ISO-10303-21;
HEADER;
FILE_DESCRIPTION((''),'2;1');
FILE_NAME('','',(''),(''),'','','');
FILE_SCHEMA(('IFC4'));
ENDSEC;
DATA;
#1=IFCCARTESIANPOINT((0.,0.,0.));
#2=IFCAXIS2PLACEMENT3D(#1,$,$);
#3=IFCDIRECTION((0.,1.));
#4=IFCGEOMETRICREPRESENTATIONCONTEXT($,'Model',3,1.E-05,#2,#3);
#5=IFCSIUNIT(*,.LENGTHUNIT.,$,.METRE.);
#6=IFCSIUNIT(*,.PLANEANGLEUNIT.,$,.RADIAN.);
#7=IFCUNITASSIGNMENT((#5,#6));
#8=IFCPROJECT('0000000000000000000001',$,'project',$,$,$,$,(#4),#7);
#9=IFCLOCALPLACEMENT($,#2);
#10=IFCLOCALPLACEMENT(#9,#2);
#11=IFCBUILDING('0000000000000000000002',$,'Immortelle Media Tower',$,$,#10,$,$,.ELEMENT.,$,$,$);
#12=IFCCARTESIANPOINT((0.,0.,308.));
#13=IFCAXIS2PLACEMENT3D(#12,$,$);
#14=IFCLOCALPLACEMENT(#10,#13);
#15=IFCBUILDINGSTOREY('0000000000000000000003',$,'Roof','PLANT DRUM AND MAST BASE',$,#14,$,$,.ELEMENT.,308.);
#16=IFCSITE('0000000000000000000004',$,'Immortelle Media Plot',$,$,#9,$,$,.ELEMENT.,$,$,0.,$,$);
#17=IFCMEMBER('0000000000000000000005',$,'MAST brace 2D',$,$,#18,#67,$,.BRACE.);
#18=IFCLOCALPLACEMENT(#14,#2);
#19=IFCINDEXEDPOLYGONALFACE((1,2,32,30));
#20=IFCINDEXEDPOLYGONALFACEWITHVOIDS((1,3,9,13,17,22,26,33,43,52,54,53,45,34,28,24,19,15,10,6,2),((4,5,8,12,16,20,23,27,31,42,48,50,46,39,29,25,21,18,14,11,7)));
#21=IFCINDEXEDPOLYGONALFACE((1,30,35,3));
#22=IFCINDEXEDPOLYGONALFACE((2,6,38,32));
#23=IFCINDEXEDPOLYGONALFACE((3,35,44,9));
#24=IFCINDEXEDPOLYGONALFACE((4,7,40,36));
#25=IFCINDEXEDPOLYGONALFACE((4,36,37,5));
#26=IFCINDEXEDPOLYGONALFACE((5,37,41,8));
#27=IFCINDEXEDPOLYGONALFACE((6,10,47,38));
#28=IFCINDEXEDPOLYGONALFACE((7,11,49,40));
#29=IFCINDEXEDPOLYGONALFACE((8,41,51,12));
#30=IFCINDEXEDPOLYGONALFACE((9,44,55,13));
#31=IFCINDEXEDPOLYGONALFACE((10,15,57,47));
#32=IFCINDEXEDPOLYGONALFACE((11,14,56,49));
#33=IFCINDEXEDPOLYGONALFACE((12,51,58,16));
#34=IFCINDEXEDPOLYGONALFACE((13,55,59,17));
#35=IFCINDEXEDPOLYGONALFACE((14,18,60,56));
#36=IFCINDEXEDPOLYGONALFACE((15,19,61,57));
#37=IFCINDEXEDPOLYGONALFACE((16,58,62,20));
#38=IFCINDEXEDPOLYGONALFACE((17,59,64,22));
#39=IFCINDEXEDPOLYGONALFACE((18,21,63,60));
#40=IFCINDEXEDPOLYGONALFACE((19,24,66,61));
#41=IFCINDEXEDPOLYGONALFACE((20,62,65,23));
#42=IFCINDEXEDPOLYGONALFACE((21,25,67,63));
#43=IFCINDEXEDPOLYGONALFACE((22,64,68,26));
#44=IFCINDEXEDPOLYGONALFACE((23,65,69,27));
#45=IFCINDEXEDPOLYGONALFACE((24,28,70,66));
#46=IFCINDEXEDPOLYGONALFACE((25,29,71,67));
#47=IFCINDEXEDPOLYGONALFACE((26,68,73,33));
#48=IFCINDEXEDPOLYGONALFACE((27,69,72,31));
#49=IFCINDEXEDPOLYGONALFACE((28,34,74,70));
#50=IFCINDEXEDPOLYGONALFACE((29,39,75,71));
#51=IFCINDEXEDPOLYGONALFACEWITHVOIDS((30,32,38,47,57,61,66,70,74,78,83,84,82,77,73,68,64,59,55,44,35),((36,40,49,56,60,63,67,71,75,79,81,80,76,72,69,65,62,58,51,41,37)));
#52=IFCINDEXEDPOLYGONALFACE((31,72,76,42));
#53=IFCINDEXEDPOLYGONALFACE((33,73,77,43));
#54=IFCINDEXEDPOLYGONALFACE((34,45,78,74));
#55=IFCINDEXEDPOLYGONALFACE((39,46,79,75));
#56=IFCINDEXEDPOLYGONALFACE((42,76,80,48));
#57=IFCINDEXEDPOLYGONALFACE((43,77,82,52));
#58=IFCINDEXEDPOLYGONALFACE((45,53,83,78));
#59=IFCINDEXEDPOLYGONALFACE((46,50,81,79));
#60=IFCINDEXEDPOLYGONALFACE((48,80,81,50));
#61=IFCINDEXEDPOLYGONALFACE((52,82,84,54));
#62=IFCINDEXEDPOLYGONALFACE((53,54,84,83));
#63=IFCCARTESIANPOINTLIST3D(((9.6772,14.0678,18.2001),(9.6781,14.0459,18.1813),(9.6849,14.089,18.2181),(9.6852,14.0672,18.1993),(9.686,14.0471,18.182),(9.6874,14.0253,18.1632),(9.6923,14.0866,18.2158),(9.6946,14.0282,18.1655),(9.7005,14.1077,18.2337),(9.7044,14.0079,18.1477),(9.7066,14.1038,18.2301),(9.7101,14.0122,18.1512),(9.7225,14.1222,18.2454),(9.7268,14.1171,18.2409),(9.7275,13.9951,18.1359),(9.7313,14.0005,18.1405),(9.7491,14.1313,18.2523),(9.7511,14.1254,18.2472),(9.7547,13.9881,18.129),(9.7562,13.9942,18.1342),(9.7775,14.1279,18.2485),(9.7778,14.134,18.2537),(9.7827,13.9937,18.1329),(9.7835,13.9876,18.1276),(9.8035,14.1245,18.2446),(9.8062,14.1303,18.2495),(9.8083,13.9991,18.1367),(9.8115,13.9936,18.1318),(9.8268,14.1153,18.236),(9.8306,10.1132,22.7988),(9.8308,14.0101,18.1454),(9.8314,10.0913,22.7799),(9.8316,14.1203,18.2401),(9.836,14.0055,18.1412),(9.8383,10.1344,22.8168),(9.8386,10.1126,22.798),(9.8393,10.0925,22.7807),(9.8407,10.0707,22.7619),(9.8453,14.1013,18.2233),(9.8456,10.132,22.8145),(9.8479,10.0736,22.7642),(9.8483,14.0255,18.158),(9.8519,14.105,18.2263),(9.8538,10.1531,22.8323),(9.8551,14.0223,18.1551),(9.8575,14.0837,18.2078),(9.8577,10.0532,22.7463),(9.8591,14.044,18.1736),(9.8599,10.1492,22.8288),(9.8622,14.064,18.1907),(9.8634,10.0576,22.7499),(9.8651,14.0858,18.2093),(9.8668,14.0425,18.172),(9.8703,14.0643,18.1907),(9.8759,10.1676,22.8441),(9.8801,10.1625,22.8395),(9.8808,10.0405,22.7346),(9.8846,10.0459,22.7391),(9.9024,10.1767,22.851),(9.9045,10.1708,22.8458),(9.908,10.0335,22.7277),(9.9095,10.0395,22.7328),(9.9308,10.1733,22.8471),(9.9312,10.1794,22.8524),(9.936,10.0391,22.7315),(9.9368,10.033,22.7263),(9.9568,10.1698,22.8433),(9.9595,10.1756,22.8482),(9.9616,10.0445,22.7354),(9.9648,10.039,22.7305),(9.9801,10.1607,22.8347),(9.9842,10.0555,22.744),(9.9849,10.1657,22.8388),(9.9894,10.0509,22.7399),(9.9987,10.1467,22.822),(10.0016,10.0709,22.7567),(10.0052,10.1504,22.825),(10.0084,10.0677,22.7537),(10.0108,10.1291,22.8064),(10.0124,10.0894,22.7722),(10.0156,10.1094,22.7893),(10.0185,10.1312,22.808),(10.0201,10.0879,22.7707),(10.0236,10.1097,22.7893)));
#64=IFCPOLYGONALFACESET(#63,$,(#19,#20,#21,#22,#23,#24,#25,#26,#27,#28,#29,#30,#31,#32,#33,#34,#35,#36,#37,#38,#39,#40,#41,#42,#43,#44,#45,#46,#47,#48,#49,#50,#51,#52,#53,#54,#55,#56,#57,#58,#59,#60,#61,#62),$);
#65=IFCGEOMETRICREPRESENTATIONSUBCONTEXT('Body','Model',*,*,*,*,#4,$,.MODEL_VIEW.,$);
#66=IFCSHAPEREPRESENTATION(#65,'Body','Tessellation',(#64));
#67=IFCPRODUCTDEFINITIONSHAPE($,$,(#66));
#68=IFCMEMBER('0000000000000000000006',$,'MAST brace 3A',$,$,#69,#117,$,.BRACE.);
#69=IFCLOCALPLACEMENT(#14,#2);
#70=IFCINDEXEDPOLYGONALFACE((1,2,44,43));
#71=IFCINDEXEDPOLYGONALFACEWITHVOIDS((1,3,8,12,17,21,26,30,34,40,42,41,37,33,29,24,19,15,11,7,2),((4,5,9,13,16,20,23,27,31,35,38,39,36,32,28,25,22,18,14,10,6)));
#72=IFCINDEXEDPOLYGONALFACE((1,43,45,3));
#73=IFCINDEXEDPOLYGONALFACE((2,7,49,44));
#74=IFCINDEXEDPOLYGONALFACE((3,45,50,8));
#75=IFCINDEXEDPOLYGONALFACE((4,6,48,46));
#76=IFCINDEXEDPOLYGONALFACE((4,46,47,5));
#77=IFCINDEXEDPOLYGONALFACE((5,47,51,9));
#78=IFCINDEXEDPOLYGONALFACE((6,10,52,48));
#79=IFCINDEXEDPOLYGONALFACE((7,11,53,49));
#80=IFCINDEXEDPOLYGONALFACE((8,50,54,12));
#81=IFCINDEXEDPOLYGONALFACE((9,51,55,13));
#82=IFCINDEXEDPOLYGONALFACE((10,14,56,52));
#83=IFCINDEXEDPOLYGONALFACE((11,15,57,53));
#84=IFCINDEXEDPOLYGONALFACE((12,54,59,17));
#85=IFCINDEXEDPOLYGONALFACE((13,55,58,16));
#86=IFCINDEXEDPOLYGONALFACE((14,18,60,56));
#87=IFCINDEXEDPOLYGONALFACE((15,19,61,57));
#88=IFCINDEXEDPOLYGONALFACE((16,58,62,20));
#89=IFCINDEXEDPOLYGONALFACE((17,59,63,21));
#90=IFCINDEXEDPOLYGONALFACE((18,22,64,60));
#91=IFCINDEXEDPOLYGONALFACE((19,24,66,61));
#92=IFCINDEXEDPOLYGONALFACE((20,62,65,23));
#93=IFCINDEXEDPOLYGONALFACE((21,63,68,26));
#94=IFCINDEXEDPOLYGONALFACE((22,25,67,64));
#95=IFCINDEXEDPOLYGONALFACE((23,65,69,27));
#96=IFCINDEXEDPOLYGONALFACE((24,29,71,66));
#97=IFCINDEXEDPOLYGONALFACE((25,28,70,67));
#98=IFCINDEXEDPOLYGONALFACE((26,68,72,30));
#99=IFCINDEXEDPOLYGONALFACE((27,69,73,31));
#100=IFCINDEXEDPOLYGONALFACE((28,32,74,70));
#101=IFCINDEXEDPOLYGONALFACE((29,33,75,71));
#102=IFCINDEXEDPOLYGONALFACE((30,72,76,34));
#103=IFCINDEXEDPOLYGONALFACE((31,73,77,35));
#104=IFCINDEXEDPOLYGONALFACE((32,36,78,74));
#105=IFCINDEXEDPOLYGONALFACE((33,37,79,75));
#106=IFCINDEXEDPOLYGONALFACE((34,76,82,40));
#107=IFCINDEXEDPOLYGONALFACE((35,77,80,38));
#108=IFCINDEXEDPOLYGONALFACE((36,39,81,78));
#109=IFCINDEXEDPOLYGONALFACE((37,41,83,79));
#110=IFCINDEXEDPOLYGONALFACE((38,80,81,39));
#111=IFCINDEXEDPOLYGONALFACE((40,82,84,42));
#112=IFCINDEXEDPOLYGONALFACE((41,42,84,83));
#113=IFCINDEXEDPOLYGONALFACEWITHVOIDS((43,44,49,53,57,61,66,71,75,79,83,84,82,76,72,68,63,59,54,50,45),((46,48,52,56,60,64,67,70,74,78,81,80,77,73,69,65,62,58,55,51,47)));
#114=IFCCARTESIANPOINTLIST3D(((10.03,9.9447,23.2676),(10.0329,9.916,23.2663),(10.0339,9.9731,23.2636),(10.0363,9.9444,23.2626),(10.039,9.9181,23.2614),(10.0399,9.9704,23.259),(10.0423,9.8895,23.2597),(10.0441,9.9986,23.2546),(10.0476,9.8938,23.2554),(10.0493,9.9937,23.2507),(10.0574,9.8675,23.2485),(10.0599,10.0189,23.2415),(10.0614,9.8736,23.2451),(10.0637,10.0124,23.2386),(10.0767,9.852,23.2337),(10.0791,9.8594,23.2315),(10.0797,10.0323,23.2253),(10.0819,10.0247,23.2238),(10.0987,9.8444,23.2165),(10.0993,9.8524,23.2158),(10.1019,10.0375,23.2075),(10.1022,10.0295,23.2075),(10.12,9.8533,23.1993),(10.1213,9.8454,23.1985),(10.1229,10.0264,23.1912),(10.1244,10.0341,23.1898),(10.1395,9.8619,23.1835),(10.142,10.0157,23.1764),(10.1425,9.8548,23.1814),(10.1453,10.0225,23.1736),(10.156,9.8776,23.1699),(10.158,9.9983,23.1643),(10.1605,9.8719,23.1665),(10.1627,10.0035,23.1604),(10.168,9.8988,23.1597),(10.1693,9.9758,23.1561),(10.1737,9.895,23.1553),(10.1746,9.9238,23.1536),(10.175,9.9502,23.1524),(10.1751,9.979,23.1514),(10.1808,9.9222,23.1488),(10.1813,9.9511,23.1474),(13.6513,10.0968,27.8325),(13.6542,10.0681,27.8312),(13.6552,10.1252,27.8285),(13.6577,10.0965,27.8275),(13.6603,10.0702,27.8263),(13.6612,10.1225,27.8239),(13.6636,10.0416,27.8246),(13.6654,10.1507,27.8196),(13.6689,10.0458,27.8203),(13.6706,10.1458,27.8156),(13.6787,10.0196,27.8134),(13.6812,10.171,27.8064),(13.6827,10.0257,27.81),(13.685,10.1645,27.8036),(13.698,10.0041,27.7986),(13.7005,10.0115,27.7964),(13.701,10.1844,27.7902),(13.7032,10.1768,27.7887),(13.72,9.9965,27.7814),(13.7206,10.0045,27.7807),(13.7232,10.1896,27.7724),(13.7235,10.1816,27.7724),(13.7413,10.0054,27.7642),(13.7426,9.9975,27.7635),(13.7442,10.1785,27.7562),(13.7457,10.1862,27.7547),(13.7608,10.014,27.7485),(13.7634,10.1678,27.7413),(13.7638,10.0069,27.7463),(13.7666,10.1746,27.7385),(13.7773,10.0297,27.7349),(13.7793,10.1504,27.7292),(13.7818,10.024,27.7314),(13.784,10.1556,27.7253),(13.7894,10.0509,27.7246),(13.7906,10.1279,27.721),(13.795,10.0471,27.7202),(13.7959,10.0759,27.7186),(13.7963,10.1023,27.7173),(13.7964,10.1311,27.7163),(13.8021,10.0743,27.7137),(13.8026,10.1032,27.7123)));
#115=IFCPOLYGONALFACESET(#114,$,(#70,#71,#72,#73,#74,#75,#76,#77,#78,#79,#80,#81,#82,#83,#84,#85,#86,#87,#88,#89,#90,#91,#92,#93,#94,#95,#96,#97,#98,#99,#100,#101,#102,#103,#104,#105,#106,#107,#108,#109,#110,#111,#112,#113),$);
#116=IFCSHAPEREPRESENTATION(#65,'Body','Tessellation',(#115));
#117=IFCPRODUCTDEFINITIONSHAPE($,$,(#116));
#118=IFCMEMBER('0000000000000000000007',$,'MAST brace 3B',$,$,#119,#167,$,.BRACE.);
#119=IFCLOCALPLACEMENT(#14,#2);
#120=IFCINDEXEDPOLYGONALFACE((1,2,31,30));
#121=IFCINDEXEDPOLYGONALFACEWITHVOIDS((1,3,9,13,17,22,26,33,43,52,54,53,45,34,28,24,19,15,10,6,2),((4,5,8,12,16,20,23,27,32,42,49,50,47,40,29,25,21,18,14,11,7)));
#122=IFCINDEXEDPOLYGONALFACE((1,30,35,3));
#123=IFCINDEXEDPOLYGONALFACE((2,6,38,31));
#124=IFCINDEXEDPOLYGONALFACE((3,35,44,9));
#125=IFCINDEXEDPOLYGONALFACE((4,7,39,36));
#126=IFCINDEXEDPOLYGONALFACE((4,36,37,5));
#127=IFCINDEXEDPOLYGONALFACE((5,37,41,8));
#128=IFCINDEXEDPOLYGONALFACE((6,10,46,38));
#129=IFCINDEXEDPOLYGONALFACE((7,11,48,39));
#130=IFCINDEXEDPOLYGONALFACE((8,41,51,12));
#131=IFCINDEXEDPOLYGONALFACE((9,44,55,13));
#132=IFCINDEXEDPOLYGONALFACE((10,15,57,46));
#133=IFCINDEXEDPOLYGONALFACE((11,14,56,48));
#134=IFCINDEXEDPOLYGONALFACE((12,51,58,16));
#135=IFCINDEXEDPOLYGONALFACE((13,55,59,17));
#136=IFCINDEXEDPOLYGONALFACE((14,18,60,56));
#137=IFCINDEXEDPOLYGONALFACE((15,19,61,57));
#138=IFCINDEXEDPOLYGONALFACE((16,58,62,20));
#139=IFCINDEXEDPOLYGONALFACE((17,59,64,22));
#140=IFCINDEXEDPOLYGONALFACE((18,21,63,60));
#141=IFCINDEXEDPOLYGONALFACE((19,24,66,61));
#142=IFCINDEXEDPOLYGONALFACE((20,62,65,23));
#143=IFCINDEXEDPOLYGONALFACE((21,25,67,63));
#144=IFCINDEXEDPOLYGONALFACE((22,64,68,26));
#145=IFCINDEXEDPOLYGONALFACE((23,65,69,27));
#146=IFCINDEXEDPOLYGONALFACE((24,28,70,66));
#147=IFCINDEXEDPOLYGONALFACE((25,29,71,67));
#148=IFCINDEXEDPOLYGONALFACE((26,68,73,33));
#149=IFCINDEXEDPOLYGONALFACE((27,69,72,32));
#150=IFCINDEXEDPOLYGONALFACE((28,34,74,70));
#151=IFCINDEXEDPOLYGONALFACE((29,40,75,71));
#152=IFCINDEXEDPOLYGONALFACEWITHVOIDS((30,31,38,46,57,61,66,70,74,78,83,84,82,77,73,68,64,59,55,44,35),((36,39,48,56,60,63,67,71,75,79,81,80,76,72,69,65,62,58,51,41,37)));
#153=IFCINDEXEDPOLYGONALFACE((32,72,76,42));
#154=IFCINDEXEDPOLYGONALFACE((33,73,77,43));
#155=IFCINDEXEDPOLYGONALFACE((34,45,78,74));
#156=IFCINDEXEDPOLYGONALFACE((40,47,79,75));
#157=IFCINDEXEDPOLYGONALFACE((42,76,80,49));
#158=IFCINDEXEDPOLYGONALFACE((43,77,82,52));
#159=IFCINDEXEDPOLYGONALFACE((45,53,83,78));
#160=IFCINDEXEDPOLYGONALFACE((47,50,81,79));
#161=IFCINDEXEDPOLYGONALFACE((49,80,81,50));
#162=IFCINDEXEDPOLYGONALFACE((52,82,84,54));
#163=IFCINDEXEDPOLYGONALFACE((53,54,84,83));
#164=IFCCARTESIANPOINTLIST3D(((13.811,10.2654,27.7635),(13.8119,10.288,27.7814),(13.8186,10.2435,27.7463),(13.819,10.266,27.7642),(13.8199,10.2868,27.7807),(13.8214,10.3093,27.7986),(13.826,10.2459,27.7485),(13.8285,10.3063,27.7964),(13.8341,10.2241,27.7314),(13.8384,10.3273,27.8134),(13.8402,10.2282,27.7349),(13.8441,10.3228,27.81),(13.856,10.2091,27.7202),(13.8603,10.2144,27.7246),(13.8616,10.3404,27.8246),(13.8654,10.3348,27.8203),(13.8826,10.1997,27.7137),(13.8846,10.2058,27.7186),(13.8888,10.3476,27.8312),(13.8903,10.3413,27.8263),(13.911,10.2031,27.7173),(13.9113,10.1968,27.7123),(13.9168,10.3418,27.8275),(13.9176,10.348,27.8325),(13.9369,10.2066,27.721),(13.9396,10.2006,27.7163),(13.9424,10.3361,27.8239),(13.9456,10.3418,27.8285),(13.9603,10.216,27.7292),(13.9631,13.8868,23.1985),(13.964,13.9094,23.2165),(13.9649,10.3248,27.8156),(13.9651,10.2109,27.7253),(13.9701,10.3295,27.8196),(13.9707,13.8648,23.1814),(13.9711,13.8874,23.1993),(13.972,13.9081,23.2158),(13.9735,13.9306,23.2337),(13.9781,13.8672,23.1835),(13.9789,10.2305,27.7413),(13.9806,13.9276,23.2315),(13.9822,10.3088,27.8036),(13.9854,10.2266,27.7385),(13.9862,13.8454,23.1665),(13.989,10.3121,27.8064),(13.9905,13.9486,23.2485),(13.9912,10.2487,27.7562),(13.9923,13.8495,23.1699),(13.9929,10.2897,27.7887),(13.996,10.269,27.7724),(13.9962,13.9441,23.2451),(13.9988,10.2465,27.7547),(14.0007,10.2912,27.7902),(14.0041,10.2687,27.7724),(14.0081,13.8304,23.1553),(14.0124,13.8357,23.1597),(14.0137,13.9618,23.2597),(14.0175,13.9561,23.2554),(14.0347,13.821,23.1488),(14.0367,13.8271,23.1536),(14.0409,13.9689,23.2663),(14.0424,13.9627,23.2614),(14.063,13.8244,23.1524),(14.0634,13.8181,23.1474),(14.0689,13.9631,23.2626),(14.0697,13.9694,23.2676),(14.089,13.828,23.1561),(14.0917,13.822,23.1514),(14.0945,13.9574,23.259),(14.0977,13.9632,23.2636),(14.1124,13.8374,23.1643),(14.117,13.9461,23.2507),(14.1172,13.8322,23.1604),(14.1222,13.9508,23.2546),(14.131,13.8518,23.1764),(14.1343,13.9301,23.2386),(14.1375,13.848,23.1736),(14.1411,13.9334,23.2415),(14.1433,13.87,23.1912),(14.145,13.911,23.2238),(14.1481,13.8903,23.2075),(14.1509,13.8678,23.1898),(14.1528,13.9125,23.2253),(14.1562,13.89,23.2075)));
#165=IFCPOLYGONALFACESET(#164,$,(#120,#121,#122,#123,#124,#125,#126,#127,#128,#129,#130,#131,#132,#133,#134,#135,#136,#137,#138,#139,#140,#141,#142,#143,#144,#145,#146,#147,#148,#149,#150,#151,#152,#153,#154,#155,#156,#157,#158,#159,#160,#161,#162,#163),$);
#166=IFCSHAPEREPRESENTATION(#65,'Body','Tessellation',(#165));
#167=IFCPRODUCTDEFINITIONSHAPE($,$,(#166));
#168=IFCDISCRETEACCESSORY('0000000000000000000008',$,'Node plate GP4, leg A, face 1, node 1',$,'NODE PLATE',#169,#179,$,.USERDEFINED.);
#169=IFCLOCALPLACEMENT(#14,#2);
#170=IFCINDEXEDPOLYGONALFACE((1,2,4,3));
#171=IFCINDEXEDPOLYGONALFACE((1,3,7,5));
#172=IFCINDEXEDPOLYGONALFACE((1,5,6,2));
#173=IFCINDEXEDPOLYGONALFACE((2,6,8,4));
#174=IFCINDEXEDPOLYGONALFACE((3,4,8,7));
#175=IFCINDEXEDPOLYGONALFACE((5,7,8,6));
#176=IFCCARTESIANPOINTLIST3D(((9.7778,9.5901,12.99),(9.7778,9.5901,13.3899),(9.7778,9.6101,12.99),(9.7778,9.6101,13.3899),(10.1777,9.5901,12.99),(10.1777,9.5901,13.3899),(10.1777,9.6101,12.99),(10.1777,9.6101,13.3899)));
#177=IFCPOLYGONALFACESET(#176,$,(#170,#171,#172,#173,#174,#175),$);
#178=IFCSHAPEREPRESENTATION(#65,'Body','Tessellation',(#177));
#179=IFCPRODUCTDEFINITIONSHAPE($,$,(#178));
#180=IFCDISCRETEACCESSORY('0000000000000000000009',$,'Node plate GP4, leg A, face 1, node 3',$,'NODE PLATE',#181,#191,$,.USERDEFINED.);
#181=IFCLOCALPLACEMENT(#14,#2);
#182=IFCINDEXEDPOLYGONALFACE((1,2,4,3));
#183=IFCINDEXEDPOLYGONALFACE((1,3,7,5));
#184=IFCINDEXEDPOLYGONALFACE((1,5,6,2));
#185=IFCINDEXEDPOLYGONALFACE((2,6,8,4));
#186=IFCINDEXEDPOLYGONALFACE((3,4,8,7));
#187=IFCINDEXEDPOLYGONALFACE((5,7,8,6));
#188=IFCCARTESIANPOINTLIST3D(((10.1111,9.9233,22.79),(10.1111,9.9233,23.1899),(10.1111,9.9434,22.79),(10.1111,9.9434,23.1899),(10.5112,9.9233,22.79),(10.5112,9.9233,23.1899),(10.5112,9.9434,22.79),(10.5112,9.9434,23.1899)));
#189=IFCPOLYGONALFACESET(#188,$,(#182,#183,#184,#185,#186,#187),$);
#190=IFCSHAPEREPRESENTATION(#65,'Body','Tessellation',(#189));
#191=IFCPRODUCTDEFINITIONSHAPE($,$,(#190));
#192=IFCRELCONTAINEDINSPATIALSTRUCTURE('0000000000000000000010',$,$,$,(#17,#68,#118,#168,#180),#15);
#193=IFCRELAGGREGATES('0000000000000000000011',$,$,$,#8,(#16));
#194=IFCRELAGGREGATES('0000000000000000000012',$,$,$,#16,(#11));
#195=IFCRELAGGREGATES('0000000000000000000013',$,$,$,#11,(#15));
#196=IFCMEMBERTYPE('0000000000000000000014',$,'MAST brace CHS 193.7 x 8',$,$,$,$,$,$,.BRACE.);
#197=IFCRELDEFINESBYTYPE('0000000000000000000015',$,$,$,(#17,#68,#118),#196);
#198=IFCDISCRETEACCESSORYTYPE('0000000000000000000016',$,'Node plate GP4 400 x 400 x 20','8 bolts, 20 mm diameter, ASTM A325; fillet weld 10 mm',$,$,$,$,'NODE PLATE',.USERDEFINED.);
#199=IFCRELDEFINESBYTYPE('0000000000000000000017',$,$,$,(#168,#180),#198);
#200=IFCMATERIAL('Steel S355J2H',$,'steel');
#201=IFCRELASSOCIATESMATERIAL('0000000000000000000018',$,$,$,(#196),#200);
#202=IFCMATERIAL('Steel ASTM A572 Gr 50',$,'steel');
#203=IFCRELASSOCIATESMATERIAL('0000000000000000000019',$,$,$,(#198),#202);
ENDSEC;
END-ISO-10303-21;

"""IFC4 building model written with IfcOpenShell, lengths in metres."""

from ifc_helpers import new_model, si_unit, direction, frame, origin, origin_2d, place, context, subcontext, project, spatial, rectangle, hollow_circle, extrude, material, material_profile, profile_set, type_object, element, save


model = new_model("IFC4")

# Units and contexts
model_context = context("Model", 3, precision=1e-05, world=origin(), true_north=direction((0.0, 1.0)))
body_context = subcontext(model_context, "Body", "Model", "MODEL_VIEW")
ifc_project = project(units=[si_unit("LENGTHUNIT", "METRE"), si_unit("PLANEANGLEUNIT", "RADIAN")], contexts=[model_context])

# Site, building, storey
site_placement = place(None, origin())
site = spatial("IfcSite", under=ifc_project, at=site_placement, Name="Immortelle Media Plot", CompositionType="ELEMENT", RefElevation=0.0)
building_placement = place(site_placement, origin())
building = spatial("IfcBuilding", under=site, at=building_placement, Name="Immortelle Media Tower", CompositionType="ELEMENT")
storey_placement = place(building_placement, frame((0.0, 0.0, 308.0)))
storey = spatial("IfcBuildingStorey", under=building, at=storey_placement, Name="Roof", Description="PLANT DRUM AND MAST BASE", CompositionType="ELEMENT", Elevation=308.0)

# Members
ifc_material_1 = material(Name="Steel S355J2H", Category="steel")
ifc_material_profile_1 = material_profile(ifc_material_1, hollow_circle(Radius=0.0969, WallThickness=0.0081, at=origin_2d()), Name="CHS 193.7 x 8")
ifc_profile_set_1 = profile_set([ifc_material_profile_1], Name="Steel S355J2H")
member_type = type_object("IfcMemberType", Name="MAST brace CHS 193.7 x 8", PredefinedType="BRACE", material=ifc_profile_set_1)
for number, where, z_axis, x_axis, name in (
    (1, (9.7734, 14.0605, 18.1907), (0.025271, -0.651809, 0.757962), (0.999249, 0.038741, 0.0), "MAST brace 2D"),
):
    element("IfcMember", number, at=place(storey_placement, frame(where, z_axis=z_axis, x_axis=x_axis)), inside=storey, type_object=member_type, Name=name, PredefinedType="BRACE", context=body_context, shape_type="SweptSolid", body=[
        extrude(hollow_circle(Radius=0.0969, WallThickness=0.0081, at=origin_2d()), origin(), (0.0, 0.0, 1.0), 6.0671),
    ])
for number, where, z_axis, x_axis, name in (
    (2, (10.106, 9.9407, 23.2075), (0.621274, 0.026094, 0.783158), (-0.041964, 0.999119, 0.0), "MAST brace 3A"),
    (3, (14.0593, 13.894, 23.2075), (-0.026094, -0.621274, 0.783158), (0.999119, -0.041964, 0.0), "MAST brace 3B"),
):
    element("IfcMember", number, at=place(storey_placement, frame(where, z_axis=z_axis, x_axis=x_axis)), inside=storey, type_object=member_type, Name=name, PredefinedType="BRACE", context=body_context, shape_type="SweptSolid", body=[
        extrude(hollow_circle(Radius=0.0969, WallThickness=0.0081, at=origin_2d()), origin(), (0.0, 0.0, 1.0), 5.8289),
    ])

# Discrete accessories
ifc_material_2 = material(Name="Steel ASTM A572 Gr 50", Category="steel")
ifc_material_profile_2 = material_profile(ifc_material_2, rectangle(XDim=0.02, YDim=0.3999, at=origin_2d()), Name="PL 20 x 400")
ifc_profile_set_2 = profile_set([ifc_material_profile_2], Name="Steel ASTM A572 Gr 50")
discrete_accessory_type = type_object("IfcDiscreteAccessoryType", Name="Node plate GP4 400 x 400 x 20", Description="8 bolts, 20 mm diameter, ASTM A325; fillet weld 10 mm", ElementType="NODE PLATE", PredefinedType="USERDEFINED", material=ifc_profile_set_2)
discrete_accessory_1_placement = place(storey_placement, frame((9.7778, 9.6001, 13.1899), z_axis=(1.0, 0.0, 0.0), x_axis=(0.0, 1.0, 0.0)))
element("IfcDiscreteAccessory", 4, at=discrete_accessory_1_placement, inside=storey, type_object=discrete_accessory_type, Name="Node plate GP4, leg A, face 1, node 1", ObjectType="NODE PLATE", PredefinedType="USERDEFINED", context=body_context, shape_type="SweptSolid", body=[
    extrude(rectangle(XDim=0.02, YDim=0.3999, at=origin_2d()), origin(), (0.0, 0.0, 1.0), 0.3999),
])
discrete_accessory_2_placement = place(storey_placement, frame((10.1111, 9.9333, 22.99), z_axis=(1.0, 0.0, 0.0), x_axis=(0.0, 1.0, 0.0)))
element("IfcDiscreteAccessory", 5, at=discrete_accessory_2_placement, inside=storey, type_object=discrete_accessory_type, Name="Node plate GP4, leg A, face 1, node 3", ObjectType="NODE PLATE", PredefinedType="USERDEFINED", context=body_context, shape_type="SweptSolid", body=[
    extrude(rectangle(XDim=0.02, YDim=0.3999, at=origin_2d()), origin(), (0.0, 0.0, 1.0), 0.4001),
])

save(model, "model.ifc")
